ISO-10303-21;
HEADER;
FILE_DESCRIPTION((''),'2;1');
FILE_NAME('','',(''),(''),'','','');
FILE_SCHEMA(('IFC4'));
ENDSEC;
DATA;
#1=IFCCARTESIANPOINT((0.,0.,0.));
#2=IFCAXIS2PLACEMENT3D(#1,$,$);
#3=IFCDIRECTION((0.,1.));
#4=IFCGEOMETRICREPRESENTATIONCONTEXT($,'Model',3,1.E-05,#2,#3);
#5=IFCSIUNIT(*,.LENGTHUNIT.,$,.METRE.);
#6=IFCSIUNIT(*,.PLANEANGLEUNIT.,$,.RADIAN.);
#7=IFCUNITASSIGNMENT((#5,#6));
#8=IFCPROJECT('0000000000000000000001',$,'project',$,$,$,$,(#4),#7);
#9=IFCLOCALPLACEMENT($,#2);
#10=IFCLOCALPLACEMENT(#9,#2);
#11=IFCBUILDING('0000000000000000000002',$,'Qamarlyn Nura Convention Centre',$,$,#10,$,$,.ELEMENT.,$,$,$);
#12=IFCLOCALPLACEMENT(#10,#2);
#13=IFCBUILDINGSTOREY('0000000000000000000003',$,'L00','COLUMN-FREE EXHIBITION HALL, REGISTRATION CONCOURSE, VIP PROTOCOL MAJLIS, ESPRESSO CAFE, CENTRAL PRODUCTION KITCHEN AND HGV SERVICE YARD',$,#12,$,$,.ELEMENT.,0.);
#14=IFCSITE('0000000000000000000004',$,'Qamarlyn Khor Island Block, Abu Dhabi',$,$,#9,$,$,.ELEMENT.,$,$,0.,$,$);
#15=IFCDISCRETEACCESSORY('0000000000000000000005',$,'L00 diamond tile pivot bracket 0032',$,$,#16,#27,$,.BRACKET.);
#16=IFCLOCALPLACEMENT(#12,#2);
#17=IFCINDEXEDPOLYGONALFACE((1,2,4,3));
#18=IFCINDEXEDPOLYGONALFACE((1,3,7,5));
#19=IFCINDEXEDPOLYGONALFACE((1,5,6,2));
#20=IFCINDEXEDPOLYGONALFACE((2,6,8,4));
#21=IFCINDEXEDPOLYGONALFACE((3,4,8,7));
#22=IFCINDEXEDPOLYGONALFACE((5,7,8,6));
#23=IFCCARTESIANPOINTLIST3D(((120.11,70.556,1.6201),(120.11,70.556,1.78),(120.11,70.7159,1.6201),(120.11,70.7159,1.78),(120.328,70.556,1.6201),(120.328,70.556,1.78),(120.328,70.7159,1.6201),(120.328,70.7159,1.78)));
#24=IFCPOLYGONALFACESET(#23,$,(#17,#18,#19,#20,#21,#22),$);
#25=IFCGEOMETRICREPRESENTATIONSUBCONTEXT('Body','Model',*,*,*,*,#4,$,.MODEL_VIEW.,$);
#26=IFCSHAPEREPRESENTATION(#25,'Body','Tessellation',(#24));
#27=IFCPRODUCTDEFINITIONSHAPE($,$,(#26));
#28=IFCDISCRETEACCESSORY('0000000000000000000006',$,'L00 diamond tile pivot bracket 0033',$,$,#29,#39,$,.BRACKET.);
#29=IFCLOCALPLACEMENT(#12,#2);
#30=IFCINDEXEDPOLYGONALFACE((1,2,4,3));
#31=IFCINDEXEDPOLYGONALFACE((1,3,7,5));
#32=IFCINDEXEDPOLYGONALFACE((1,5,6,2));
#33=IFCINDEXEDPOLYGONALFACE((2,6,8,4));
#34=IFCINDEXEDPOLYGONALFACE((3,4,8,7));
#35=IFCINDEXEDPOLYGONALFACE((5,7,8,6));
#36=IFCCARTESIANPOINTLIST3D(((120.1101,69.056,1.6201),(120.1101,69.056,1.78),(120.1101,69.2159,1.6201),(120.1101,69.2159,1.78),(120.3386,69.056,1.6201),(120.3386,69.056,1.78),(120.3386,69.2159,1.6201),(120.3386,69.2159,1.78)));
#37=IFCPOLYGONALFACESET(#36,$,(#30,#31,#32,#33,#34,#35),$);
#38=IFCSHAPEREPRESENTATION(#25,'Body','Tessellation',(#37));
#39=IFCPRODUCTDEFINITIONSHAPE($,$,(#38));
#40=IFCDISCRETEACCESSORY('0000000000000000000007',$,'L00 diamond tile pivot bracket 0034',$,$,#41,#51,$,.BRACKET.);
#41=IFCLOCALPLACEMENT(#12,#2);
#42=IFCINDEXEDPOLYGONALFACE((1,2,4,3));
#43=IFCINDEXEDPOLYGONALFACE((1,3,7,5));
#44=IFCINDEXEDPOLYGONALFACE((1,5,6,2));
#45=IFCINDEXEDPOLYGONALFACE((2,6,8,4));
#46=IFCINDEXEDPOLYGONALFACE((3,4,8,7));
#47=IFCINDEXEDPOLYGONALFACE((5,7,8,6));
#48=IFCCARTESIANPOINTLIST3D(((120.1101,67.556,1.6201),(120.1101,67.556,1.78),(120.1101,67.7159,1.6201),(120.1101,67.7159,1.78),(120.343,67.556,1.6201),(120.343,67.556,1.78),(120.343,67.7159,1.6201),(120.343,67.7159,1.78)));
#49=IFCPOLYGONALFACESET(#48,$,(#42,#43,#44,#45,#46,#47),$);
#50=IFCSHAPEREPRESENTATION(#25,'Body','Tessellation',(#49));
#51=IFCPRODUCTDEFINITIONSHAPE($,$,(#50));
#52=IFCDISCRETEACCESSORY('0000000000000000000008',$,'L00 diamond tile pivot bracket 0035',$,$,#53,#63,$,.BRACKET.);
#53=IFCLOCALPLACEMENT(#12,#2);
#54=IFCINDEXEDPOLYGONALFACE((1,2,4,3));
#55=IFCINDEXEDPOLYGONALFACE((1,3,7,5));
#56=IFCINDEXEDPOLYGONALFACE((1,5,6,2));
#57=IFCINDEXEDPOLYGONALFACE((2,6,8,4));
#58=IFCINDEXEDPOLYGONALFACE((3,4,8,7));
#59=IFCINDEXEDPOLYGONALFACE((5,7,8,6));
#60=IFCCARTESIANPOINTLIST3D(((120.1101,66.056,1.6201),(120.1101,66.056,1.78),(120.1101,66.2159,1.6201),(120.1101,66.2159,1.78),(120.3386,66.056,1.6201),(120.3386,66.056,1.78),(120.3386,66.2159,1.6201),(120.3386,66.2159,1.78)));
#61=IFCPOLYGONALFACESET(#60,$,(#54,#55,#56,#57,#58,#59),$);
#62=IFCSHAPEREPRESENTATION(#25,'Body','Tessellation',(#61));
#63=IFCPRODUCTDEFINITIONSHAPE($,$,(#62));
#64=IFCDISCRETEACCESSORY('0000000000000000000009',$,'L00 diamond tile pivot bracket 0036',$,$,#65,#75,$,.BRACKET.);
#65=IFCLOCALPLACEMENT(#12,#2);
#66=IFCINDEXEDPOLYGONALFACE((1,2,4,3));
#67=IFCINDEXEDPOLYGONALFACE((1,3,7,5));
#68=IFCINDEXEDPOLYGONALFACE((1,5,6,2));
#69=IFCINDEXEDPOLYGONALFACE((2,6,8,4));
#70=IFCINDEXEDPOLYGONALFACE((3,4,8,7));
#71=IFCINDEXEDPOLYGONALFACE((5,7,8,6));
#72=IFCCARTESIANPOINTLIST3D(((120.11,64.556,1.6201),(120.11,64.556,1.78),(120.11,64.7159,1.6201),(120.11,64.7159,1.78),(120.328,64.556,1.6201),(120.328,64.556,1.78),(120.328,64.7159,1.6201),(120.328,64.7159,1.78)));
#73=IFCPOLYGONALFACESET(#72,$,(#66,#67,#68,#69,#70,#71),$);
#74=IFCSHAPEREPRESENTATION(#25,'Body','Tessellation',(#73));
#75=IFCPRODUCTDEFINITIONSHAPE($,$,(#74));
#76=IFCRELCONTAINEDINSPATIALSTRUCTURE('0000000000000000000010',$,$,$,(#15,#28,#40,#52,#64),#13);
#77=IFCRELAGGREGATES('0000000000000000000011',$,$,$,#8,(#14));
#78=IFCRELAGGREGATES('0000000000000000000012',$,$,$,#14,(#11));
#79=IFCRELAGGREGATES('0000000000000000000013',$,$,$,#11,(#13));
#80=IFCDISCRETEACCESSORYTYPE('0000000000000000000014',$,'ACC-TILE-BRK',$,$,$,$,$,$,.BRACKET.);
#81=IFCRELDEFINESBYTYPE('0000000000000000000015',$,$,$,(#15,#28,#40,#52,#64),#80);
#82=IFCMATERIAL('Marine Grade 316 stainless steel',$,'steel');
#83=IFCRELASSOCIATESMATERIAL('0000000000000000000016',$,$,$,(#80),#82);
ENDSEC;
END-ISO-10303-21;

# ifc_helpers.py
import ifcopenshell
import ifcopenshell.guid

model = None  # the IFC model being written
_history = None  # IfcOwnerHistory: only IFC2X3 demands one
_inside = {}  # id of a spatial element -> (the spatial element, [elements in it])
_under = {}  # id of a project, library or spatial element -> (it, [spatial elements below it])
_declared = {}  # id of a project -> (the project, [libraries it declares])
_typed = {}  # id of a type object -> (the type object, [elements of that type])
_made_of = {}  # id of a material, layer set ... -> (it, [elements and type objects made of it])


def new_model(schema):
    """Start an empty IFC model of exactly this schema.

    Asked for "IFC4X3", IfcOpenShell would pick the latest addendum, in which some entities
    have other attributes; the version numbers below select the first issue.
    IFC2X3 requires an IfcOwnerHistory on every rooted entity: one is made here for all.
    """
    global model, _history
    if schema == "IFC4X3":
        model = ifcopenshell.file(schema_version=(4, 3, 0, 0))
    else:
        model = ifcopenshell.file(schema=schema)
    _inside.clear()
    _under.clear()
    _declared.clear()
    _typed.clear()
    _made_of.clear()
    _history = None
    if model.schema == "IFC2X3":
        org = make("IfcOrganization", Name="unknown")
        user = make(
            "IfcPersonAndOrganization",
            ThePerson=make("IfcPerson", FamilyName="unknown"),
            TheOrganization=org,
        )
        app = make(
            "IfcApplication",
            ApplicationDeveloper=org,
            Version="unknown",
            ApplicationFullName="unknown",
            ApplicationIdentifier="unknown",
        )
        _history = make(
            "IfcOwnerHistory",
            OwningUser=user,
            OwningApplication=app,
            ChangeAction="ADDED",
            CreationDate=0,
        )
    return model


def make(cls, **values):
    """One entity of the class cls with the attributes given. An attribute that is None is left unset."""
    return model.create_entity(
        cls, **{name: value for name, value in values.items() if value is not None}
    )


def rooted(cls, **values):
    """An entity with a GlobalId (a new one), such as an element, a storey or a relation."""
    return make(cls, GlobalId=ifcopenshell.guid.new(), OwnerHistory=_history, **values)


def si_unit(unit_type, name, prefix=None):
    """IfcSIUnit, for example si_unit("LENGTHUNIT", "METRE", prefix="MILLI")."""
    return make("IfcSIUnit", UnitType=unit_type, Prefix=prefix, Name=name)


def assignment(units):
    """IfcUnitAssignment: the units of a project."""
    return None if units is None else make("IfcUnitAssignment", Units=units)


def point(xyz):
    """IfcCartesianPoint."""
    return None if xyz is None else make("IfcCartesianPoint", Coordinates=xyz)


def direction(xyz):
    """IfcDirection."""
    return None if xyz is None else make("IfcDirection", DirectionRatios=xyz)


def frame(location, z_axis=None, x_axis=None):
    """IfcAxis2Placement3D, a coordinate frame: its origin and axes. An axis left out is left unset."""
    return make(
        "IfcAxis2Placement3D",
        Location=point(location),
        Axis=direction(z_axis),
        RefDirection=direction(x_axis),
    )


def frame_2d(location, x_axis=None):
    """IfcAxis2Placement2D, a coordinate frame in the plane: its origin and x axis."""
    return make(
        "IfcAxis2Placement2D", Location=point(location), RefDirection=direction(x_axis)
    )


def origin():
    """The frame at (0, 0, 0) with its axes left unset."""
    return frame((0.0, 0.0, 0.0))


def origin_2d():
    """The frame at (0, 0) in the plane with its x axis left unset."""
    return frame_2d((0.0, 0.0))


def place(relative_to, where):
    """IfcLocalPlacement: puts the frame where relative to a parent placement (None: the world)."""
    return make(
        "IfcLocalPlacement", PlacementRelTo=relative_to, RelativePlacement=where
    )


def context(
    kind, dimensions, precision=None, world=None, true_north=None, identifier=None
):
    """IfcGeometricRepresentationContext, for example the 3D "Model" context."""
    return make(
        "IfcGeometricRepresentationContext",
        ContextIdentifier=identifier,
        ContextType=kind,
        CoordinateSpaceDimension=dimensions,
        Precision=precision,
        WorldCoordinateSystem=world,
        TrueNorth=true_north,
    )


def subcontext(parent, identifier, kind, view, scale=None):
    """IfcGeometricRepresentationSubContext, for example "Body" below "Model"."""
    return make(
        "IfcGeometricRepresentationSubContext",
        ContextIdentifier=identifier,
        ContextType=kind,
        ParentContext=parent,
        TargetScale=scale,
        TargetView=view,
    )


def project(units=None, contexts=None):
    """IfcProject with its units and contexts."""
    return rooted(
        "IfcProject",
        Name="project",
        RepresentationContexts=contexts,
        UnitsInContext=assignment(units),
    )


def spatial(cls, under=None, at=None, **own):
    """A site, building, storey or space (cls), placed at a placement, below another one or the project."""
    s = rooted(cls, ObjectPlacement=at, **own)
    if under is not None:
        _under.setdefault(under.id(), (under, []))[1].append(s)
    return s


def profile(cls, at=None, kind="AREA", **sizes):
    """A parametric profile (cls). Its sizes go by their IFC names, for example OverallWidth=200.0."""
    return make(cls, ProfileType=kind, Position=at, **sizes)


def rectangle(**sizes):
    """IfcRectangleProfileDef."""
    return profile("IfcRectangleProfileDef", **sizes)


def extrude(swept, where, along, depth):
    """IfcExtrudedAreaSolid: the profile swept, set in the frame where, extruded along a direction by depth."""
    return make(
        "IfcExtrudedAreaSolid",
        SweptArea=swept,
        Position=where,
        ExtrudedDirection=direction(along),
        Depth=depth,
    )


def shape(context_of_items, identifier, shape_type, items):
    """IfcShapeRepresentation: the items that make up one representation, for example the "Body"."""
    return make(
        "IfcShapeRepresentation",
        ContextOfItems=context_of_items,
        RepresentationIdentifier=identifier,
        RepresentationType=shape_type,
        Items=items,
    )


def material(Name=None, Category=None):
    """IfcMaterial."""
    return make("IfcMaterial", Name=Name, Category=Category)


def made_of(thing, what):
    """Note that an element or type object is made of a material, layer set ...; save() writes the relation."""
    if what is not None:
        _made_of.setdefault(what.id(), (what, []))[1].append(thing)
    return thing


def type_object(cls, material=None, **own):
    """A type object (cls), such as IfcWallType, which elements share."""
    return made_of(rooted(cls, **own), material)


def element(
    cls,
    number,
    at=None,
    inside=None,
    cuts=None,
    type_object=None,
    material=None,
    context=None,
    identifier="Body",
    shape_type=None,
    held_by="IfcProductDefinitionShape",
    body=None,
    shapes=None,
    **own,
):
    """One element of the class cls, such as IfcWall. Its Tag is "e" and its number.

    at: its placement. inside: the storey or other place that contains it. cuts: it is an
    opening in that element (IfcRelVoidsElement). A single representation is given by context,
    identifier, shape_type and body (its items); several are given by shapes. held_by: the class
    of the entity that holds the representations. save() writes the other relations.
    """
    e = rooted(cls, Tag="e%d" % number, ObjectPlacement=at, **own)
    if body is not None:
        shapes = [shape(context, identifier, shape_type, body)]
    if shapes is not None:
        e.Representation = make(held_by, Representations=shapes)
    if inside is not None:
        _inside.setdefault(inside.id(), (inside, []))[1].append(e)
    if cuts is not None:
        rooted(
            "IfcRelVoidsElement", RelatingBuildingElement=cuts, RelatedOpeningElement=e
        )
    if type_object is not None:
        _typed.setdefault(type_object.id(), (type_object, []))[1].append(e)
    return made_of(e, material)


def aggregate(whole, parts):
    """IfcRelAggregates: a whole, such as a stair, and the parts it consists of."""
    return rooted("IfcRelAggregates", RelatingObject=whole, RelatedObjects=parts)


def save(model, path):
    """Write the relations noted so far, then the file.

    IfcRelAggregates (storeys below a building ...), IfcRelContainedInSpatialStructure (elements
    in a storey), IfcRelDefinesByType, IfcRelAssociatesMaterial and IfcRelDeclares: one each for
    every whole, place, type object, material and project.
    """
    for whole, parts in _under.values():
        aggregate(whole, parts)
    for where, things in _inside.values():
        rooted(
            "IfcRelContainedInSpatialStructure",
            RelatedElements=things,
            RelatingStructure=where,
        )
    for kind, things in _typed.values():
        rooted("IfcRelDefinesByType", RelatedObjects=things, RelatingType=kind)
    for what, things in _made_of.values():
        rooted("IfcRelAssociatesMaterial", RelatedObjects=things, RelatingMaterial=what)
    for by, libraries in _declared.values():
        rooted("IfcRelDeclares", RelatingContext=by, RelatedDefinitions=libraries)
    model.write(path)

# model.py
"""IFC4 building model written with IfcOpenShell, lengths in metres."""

from ifc_helpers import new_model, si_unit, direction, frame, origin, origin_2d, place, context, subcontext, project, spatial, rectangle, extrude, material, type_object, element, save


model = new_model("IFC4")

# Units and contexts
model_context = context("Model", 3, precision=1e-05, world=origin(), true_north=direction((0.0, 1.0)))
body_context = subcontext(model_context, "Body", "Model", "MODEL_VIEW")
ifc_project = project(units=[si_unit("LENGTHUNIT", "METRE"), si_unit("PLANEANGLEUNIT", "RADIAN")], contexts=[model_context])

# Site, building, storey
site_placement = place(None, origin())
site = spatial("IfcSite", under=ifc_project, at=site_placement, Name="Qamarlyn Khor Island Block, Abu Dhabi", CompositionType="ELEMENT", RefElevation=0.0)
building_placement = place(site_placement, origin())
building = spatial("IfcBuilding", under=site, at=building_placement, Name="Qamarlyn Nura Convention Centre", CompositionType="ELEMENT")
storey_placement = place(building_placement, origin())
storey = spatial("IfcBuildingStorey", under=building, at=storey_placement, Name="L00", Description="COLUMN-FREE EXHIBITION HALL, REGISTRATION CONCOURSE, VIP PROTOCOL MAJLIS, ESPRESSO CAFE, CENTRAL PRODUCTION KITCHEN AND HGV SERVICE YARD", CompositionType="ELEMENT", Elevation=0.0)

# Discrete accessories
ifc_material_1 = material(Name="Marine Grade 316 stainless steel", Category="steel")
discrete_accessory_type = type_object("IfcDiscreteAccessoryType", Name="ACC-TILE-BRK", PredefinedType="BRACKET", material=ifc_material_1)
discrete_accessory_1_placement = place(storey_placement, frame((120.219, 70.636, 1.6201), z_axis=(0.0, 0.0, 1.0), x_axis=(1.0, 0.0, 0.0)))
element("IfcDiscreteAccessory", 1, at=discrete_accessory_1_placement, inside=storey, type_object=discrete_accessory_type, Name="L00 diamond tile pivot bracket 0032", PredefinedType="BRACKET", context=body_context, shape_type="SweptSolid", body=[
    extrude(rectangle(XDim=0.218, YDim=0.1599, at=origin_2d()), origin(), (0.0, 0.0, 1.0), 0.1599),
])
discrete_accessory_2_placement = place(storey_placement, frame((120.2244, 69.136, 1.6201), z_axis=(0.0, 0.0, 1.0), x_axis=(1.0, 0.0, 0.0)))
element("IfcDiscreteAccessory", 2, at=discrete_accessory_2_placement, inside=storey, type_object=discrete_accessory_type, Name="L00 diamond tile pivot bracket 0033", PredefinedType="BRACKET", context=body_context, shape_type="SweptSolid", body=[
    extrude(rectangle(XDim=0.2285, YDim=0.1599, at=origin_2d()), origin(), (0.0, 0.0, 1.0), 0.1599),
])
discrete_accessory_3_placement = place(storey_placement, frame((120.2266, 67.636, 1.6201), z_axis=(0.0, 0.0, 1.0), x_axis=(1.0, 0.0, 0.0)))
element("IfcDiscreteAccessory", 3, at=discrete_accessory_3_placement, inside=storey, type_object=discrete_accessory_type, Name="L00 diamond tile pivot bracket 0034", PredefinedType="BRACKET", context=body_context, shape_type="SweptSolid", body=[
    extrude(rectangle(XDim=0.2329, YDim=0.1599, at=origin_2d()), origin(), (0.0, 0.0, 1.0), 0.1599),
])
discrete_accessory_4_placement = place(storey_placement, frame((120.2244, 66.136, 1.6201), z_axis=(0.0, 0.0, 1.0), x_axis=(1.0, 0.0, 0.0)))
element("IfcDiscreteAccessory", 4, at=discrete_accessory_4_placement, inside=storey, type_object=discrete_accessory_type, Name="L00 diamond tile pivot bracket 0035", PredefinedType="BRACKET", context=body_context, shape_type="SweptSolid", body=[
    extrude(rectangle(XDim=0.2285, YDim=0.1599, at=origin_2d()), origin(), (0.0, 0.0, 1.0), 0.1599),
])
discrete_accessory_5_placement = place(storey_placement, frame((120.219, 64.636, 1.6201), z_axis=(0.0, 0.0, 1.0), x_axis=(1.0, 0.0, 0.0)))
element("IfcDiscreteAccessory", 5, at=discrete_accessory_5_placement, inside=storey, type_object=discrete_accessory_type, Name="L00 diamond tile pivot bracket 0036", PredefinedType="BRACKET", context=body_context, shape_type="SweptSolid", body=[
    extrude(rectangle(XDim=0.218, YDim=0.1599, at=origin_2d()), origin(), (0.0, 0.0, 1.0), 0.1599),
])

save(model, "model.ifc")
